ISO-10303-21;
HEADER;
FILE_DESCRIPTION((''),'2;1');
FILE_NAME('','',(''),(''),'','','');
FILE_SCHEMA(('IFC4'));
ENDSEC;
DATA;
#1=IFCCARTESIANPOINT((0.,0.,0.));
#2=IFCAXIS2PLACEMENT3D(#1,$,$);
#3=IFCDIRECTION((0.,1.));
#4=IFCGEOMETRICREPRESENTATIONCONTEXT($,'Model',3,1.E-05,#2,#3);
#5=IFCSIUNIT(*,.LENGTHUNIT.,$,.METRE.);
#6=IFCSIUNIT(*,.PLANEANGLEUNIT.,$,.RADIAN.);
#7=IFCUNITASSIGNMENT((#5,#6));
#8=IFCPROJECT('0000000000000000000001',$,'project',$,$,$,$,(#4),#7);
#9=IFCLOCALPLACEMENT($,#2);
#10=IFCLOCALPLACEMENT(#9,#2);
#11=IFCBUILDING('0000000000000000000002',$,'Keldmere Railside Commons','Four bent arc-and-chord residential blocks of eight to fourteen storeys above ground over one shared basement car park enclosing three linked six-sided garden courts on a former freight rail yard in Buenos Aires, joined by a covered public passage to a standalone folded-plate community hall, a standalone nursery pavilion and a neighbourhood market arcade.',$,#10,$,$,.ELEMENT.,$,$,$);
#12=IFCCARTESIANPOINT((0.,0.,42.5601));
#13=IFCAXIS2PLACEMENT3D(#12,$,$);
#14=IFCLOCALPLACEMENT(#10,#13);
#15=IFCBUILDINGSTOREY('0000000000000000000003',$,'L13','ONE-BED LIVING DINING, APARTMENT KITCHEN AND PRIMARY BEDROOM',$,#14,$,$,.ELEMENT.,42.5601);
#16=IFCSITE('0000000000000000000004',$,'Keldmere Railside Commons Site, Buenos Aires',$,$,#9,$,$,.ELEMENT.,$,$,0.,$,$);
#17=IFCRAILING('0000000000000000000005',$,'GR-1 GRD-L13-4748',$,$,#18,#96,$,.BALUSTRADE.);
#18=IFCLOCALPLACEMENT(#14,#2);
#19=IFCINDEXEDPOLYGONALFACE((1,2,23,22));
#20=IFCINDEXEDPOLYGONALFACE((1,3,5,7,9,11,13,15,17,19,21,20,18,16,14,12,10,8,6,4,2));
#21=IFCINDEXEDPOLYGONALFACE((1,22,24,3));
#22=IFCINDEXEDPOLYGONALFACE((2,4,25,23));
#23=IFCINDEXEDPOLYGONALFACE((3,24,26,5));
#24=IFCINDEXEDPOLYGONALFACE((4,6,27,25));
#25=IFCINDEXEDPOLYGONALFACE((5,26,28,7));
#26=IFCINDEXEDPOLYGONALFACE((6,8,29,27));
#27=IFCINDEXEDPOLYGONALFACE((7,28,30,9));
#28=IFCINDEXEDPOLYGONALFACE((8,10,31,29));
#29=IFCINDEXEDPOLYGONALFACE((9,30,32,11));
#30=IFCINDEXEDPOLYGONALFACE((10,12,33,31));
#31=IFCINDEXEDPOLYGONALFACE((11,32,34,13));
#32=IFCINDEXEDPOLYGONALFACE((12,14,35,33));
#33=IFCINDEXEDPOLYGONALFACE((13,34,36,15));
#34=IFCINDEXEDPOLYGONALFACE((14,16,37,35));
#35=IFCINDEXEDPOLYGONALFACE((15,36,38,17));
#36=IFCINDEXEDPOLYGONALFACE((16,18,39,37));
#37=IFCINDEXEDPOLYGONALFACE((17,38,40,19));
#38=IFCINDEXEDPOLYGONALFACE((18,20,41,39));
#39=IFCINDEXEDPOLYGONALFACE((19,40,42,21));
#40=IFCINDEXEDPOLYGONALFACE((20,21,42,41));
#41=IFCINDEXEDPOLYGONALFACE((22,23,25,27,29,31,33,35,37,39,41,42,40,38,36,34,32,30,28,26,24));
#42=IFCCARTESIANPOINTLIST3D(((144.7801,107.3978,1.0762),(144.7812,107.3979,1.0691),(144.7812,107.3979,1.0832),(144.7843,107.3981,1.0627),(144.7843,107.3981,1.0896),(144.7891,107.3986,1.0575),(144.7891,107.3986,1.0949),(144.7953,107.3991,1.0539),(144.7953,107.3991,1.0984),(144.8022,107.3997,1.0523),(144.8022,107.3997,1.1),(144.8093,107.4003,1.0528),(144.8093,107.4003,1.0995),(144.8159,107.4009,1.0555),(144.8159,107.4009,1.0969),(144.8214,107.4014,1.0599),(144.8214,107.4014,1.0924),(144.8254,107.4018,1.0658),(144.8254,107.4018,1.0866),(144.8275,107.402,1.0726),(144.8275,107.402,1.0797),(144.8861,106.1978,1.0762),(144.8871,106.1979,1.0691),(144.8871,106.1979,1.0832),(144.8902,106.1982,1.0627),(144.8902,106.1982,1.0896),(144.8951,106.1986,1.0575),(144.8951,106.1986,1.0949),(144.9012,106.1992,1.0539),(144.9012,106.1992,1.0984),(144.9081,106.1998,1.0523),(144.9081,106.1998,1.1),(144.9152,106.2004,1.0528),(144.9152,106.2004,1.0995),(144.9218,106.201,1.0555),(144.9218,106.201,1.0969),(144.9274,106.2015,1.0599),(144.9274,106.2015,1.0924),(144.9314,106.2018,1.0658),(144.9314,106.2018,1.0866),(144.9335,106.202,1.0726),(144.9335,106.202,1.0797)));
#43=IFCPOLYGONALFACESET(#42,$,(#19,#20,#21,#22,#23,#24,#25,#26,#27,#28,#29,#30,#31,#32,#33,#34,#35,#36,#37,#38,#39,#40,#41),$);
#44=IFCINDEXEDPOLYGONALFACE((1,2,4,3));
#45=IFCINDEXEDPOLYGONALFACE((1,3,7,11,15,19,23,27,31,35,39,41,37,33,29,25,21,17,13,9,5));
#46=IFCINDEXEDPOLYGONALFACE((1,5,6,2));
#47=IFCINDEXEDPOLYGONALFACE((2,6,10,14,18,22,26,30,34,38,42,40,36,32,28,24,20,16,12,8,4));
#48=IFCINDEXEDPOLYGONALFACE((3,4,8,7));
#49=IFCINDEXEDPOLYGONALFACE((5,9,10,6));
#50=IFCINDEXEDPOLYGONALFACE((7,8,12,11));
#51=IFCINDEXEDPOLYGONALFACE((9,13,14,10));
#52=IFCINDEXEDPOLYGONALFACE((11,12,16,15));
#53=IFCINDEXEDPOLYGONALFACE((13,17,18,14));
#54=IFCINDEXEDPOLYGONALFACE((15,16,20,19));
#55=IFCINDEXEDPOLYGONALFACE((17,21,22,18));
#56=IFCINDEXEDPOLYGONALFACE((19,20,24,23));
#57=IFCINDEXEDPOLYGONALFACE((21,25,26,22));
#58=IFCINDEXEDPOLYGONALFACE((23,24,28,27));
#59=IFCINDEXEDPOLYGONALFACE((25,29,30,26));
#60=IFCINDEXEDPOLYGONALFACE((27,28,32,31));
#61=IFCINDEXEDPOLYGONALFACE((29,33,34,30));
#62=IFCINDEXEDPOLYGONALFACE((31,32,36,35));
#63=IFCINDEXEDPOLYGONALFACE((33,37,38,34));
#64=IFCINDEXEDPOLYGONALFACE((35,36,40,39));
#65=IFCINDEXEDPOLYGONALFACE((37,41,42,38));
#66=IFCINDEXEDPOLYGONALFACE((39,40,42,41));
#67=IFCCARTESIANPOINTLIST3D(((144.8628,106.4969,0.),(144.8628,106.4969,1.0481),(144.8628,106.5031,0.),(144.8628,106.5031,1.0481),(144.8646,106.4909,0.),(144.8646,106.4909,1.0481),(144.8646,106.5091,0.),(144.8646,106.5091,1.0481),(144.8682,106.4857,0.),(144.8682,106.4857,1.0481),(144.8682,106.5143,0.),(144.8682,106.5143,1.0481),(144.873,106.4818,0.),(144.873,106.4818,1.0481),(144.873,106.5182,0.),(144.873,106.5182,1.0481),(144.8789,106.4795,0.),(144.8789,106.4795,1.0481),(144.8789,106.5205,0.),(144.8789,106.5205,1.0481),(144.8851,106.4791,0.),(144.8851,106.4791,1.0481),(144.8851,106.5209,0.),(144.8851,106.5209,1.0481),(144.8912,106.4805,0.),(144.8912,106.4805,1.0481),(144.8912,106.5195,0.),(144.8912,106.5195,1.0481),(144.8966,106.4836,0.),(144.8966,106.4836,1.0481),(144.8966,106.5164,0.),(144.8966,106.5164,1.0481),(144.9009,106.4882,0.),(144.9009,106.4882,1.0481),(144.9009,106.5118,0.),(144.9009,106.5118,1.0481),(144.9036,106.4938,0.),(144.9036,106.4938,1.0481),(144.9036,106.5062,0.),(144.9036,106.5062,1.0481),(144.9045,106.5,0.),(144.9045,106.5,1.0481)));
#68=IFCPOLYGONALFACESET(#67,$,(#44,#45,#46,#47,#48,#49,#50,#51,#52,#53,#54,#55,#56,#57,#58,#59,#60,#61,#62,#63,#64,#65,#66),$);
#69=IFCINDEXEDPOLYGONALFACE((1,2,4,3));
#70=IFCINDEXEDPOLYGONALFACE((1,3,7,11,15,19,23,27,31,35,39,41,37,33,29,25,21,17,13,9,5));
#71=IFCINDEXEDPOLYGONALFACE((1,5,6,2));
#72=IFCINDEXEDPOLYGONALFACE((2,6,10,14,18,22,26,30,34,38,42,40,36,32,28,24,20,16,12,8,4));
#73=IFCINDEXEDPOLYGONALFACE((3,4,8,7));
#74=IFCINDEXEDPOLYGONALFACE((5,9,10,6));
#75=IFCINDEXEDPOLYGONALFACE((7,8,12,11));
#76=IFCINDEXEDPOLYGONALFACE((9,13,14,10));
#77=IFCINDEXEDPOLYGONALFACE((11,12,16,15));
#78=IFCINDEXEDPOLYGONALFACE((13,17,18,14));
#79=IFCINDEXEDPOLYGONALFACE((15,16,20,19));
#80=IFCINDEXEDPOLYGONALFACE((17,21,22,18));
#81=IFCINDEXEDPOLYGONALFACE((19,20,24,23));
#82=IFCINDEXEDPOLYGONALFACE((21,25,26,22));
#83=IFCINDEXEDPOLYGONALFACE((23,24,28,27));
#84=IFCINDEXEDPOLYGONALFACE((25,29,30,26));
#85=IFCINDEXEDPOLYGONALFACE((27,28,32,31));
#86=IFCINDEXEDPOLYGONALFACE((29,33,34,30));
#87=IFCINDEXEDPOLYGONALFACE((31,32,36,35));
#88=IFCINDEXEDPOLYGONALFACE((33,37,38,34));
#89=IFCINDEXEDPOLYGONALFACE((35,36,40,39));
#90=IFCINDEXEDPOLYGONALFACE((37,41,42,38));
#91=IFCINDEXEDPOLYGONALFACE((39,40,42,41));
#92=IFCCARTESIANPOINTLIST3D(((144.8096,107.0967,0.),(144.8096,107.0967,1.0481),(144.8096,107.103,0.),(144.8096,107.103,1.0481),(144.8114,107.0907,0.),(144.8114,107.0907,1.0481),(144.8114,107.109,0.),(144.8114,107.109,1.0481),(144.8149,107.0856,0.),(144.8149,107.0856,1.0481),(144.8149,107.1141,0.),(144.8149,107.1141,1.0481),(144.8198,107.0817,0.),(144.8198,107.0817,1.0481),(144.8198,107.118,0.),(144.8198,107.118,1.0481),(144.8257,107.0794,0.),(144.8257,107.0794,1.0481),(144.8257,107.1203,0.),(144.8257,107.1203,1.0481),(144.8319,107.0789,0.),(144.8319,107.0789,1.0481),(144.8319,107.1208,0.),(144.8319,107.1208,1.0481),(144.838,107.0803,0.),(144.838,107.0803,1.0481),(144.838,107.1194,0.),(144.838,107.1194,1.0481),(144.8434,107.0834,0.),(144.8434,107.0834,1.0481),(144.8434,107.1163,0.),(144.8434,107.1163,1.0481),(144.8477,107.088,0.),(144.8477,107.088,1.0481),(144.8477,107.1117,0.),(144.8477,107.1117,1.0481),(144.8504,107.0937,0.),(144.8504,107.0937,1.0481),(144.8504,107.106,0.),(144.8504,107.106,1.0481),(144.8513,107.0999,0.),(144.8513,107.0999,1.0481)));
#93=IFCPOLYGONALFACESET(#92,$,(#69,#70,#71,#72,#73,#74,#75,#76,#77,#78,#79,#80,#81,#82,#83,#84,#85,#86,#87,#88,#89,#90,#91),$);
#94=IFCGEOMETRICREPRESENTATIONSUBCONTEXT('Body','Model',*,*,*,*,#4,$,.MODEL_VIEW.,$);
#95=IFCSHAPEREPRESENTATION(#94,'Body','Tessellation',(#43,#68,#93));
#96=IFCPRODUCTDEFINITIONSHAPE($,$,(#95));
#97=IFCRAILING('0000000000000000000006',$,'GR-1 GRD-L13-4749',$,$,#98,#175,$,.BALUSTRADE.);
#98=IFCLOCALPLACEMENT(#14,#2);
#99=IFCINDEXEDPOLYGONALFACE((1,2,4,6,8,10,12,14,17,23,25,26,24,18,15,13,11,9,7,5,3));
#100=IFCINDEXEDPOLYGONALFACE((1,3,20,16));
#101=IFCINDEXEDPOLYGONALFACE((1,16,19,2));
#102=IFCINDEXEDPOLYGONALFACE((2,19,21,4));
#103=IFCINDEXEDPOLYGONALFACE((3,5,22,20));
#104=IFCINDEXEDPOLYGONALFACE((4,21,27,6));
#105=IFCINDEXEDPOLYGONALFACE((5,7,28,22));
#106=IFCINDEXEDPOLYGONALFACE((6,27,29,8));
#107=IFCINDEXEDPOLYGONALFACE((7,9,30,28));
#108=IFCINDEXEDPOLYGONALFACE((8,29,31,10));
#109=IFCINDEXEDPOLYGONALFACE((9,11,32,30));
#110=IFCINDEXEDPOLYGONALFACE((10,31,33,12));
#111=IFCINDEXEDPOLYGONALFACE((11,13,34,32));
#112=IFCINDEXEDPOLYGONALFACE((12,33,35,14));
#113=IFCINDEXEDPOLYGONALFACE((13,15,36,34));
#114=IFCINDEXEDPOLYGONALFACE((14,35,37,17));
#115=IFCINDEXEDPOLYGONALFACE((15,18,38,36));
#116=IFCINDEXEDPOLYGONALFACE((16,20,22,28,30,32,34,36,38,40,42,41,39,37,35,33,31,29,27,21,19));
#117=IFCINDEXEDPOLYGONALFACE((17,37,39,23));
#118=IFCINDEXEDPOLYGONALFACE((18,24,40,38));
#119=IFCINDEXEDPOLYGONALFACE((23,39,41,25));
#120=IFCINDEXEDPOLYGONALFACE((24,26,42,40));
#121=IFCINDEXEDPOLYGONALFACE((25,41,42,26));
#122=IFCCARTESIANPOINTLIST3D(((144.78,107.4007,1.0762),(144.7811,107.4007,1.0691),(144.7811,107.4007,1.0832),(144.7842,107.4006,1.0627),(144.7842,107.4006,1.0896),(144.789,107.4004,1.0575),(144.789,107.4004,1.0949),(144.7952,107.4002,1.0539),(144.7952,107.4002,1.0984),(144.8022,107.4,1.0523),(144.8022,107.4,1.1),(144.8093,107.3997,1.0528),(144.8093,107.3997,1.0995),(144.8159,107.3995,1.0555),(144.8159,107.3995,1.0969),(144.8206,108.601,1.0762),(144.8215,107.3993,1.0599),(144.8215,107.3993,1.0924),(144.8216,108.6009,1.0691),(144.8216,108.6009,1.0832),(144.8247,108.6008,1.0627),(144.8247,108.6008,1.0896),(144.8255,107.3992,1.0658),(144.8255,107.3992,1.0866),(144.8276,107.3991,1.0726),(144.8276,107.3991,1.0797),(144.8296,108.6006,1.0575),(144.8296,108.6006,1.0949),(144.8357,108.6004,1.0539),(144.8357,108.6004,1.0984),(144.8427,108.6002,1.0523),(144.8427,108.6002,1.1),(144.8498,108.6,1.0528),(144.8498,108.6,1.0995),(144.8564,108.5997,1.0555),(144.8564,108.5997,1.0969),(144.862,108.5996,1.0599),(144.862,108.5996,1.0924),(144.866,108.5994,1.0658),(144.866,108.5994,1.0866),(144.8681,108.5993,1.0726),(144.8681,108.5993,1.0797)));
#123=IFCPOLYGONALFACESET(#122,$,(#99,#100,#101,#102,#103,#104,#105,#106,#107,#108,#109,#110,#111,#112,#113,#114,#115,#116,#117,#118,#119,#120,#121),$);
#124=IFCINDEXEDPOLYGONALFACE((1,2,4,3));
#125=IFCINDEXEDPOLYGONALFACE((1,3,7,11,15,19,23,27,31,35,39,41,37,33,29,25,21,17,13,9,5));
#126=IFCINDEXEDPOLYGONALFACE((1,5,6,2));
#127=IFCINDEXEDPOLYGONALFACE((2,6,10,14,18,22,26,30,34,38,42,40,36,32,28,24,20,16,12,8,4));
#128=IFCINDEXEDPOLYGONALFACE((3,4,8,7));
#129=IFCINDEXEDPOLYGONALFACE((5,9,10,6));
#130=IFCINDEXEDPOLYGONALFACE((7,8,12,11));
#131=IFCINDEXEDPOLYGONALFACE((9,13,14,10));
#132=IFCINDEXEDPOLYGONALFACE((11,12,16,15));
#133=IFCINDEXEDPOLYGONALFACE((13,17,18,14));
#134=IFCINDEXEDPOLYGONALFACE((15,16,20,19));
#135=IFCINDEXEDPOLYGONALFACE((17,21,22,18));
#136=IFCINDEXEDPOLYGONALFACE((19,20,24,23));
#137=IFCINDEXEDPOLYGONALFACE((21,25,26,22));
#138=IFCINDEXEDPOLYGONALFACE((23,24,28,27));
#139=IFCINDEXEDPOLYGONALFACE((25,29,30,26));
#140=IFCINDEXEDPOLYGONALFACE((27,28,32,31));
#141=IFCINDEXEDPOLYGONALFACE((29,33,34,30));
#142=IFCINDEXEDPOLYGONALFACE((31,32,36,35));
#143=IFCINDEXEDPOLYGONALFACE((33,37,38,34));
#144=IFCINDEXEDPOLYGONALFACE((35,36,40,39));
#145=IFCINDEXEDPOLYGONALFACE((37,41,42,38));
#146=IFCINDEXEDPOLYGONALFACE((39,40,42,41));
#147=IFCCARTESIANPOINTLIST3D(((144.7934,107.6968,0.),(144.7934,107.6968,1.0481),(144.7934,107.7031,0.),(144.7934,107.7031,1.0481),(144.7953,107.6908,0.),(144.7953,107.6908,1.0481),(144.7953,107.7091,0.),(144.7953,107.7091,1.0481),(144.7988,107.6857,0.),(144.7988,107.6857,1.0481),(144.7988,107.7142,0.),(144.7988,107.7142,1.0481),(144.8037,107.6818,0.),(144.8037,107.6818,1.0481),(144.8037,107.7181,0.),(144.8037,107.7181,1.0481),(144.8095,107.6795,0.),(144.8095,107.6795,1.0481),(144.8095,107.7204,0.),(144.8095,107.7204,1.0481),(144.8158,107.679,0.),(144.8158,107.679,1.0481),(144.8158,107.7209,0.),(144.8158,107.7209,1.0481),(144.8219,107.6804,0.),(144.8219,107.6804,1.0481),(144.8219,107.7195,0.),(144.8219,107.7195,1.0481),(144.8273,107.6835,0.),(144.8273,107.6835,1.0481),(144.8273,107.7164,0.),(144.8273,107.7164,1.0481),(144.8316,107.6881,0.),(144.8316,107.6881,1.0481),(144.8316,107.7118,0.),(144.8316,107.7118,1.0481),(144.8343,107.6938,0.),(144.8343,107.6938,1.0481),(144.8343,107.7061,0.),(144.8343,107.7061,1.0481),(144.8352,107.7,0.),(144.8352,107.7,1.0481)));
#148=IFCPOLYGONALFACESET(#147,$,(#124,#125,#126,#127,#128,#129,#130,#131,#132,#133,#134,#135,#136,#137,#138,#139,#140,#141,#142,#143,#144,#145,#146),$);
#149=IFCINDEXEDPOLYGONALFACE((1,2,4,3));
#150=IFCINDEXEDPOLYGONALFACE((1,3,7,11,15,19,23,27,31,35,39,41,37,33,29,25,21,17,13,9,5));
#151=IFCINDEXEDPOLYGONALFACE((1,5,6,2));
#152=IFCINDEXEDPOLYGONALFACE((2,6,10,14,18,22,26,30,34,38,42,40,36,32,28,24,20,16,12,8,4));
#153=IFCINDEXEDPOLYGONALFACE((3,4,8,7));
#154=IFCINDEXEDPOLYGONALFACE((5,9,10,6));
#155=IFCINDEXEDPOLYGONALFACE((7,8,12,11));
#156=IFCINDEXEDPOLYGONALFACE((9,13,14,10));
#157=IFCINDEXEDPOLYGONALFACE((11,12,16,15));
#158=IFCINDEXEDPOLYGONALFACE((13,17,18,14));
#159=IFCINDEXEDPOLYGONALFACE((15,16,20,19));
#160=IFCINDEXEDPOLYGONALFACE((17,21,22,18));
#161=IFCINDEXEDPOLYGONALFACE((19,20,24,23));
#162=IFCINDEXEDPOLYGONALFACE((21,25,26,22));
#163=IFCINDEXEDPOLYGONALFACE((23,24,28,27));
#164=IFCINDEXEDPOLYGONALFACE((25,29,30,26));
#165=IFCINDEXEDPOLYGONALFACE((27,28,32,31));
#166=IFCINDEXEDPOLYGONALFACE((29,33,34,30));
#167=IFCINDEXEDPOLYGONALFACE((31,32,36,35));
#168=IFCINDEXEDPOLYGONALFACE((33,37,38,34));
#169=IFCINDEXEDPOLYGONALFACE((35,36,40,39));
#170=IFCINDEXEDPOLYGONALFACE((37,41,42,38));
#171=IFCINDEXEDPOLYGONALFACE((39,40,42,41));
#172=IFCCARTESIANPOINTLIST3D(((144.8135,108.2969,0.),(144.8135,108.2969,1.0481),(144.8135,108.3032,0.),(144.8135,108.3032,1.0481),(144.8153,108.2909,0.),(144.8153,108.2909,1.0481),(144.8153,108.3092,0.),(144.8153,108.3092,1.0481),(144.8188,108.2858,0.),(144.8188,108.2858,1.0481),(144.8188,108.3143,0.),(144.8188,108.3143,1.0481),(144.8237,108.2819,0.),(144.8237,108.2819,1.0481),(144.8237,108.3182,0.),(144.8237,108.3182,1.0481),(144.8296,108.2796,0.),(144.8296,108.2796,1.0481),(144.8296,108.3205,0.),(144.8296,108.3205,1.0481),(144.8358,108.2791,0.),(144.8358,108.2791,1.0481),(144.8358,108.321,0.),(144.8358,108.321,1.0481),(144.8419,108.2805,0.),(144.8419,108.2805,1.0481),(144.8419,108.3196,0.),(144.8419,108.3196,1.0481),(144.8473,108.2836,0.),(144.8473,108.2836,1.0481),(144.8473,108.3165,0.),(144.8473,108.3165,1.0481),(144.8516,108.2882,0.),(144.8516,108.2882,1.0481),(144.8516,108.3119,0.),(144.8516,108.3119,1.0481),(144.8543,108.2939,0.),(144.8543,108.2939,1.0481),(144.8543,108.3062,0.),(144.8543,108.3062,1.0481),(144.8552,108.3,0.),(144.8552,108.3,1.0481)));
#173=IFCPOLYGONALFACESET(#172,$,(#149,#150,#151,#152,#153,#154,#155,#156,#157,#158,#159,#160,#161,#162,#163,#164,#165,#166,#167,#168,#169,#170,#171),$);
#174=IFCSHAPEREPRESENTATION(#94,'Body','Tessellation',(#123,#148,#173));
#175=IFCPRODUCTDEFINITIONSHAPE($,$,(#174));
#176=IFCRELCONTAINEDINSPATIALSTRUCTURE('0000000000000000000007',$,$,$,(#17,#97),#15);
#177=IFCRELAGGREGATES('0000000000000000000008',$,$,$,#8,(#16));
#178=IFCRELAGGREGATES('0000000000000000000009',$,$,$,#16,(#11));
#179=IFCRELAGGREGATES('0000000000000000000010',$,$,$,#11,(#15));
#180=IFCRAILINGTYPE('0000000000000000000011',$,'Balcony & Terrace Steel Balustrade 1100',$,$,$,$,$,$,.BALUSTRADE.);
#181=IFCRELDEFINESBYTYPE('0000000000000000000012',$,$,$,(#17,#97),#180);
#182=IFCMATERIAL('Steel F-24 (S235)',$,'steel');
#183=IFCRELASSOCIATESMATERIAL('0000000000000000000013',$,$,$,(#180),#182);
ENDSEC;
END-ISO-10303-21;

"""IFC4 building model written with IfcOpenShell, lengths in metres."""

from ifc_helpers import new_model, si_unit, direction, frame, origin, origin_2d, place, context, subcontext, project, spatial, circle, extrude, material, type_object, element, save


model = new_model("IFC4")

# Units and contexts
model_context = context("Model", 3, precision=1e-05, world=origin(), true_north=direction((0.0, 1.0)))
body_context = subcontext(model_context, "Body", "Model", "MODEL_VIEW")
ifc_project = project(units=[si_unit("LENGTHUNIT", "METRE"), si_unit("PLANEANGLEUNIT", "RADIAN")], contexts=[model_context])

# Site, building, storey
site_placement = place(None, origin())
site = spatial("IfcSite", under=ifc_project, at=site_placement, Name="Keldmere Railside Commons Site, Buenos Aires", CompositionType="ELEMENT", RefElevation=0.0)
building_placement = place(site_placement, origin())
building = spatial("IfcBuilding", under=site, at=building_placement, Name="Keldmere Railside Commons", Description="Four bent arc-and-chord residential blocks of eight to fourteen storeys above ground over one shared basement car park enclosing three linked six-sided garden courts on a former freight rail yard in Buenos Aires, joined by a covered public passage to a standalone folded-plate community hall, a standalone nursery pavilion and a neighbourhood market arcade.", CompositionType="ELEMENT")
storey_placement = place(building_placement, frame((0.0, 0.0, 42.5601)))
storey = spatial("IfcBuildingStorey", under=building, at=storey_placement, Name="L13", Description="ONE-BED LIVING DINING, APARTMENT KITCHEN AND PRIMARY BEDROOM", CompositionType="ELEMENT", Elevation=42.5601)

# Railings
ifc_material_1 = material(Name="Steel F-24 (S235)", Category="steel")
railing_type = type_object("IfcRailingType", Name="Balcony & Terrace Steel Balustrade 1100", PredefinedType="BALUSTRADE", material=ifc_material_1)
railing_1_placement = place(storey_placement, frame((144.9099, 106.2, 0.0)))
element("IfcRailing", 1, at=railing_1_placement, inside=storey, type_object=railing_type, Name="GR-1 GRD-L13-4748", PredefinedType="BALUSTRADE", context=body_context, shape_type="SweptSolid", body=[
    extrude(circle(Radius=0.0239, at=origin_2d()), frame((0.0, 0.0, 1.0762), z_axis=(-0.087959, 0.996124, 0.0), x_axis=(-0.996124, -0.087959, 0.0)), (0.0, 0.0, 1.0), 1.2046),
    extrude(circle(Radius=0.021, at=origin_2d()), frame((-0.0264, 0.3, 0.0)), (0.0, 0.0, 1.0), 1.0481),
    extrude(circle(Radius=0.021, at=origin_2d()), frame((-0.0796, 0.8999, 0.0)), (0.0, 0.0, 1.0), 1.0481),
])
railing_2_placement = place(storey_placement, frame((144.804, 107.3999, 0.0)))
element("IfcRailing", 2, at=railing_2_placement, inside=storey, type_object=railing_type, Name="GR-1 GRD-L13-4749", PredefinedType="BALUSTRADE", context=body_context, shape_type="SweptSolid", body=[
    extrude(circle(Radius=0.0239, at=origin_2d()), frame((0.0, 0.0, 1.0762), z_axis=(0.033748, 0.99943, 0.0), x_axis=(-0.99943, 0.033748, 0.0)), (0.0, 0.0, 1.0), 1.2009),
    extrude(circle(Radius=0.021, at=origin_2d()), frame((0.0103, 0.3, 0.0)), (0.0, 0.0, 1.0), 1.0481),
    extrude(circle(Radius=0.021, at=origin_2d()), frame((0.0303, 0.9001, 0.0)), (0.0, 0.0, 1.0), 1.0481),
])

save(model, "model.ifc")
